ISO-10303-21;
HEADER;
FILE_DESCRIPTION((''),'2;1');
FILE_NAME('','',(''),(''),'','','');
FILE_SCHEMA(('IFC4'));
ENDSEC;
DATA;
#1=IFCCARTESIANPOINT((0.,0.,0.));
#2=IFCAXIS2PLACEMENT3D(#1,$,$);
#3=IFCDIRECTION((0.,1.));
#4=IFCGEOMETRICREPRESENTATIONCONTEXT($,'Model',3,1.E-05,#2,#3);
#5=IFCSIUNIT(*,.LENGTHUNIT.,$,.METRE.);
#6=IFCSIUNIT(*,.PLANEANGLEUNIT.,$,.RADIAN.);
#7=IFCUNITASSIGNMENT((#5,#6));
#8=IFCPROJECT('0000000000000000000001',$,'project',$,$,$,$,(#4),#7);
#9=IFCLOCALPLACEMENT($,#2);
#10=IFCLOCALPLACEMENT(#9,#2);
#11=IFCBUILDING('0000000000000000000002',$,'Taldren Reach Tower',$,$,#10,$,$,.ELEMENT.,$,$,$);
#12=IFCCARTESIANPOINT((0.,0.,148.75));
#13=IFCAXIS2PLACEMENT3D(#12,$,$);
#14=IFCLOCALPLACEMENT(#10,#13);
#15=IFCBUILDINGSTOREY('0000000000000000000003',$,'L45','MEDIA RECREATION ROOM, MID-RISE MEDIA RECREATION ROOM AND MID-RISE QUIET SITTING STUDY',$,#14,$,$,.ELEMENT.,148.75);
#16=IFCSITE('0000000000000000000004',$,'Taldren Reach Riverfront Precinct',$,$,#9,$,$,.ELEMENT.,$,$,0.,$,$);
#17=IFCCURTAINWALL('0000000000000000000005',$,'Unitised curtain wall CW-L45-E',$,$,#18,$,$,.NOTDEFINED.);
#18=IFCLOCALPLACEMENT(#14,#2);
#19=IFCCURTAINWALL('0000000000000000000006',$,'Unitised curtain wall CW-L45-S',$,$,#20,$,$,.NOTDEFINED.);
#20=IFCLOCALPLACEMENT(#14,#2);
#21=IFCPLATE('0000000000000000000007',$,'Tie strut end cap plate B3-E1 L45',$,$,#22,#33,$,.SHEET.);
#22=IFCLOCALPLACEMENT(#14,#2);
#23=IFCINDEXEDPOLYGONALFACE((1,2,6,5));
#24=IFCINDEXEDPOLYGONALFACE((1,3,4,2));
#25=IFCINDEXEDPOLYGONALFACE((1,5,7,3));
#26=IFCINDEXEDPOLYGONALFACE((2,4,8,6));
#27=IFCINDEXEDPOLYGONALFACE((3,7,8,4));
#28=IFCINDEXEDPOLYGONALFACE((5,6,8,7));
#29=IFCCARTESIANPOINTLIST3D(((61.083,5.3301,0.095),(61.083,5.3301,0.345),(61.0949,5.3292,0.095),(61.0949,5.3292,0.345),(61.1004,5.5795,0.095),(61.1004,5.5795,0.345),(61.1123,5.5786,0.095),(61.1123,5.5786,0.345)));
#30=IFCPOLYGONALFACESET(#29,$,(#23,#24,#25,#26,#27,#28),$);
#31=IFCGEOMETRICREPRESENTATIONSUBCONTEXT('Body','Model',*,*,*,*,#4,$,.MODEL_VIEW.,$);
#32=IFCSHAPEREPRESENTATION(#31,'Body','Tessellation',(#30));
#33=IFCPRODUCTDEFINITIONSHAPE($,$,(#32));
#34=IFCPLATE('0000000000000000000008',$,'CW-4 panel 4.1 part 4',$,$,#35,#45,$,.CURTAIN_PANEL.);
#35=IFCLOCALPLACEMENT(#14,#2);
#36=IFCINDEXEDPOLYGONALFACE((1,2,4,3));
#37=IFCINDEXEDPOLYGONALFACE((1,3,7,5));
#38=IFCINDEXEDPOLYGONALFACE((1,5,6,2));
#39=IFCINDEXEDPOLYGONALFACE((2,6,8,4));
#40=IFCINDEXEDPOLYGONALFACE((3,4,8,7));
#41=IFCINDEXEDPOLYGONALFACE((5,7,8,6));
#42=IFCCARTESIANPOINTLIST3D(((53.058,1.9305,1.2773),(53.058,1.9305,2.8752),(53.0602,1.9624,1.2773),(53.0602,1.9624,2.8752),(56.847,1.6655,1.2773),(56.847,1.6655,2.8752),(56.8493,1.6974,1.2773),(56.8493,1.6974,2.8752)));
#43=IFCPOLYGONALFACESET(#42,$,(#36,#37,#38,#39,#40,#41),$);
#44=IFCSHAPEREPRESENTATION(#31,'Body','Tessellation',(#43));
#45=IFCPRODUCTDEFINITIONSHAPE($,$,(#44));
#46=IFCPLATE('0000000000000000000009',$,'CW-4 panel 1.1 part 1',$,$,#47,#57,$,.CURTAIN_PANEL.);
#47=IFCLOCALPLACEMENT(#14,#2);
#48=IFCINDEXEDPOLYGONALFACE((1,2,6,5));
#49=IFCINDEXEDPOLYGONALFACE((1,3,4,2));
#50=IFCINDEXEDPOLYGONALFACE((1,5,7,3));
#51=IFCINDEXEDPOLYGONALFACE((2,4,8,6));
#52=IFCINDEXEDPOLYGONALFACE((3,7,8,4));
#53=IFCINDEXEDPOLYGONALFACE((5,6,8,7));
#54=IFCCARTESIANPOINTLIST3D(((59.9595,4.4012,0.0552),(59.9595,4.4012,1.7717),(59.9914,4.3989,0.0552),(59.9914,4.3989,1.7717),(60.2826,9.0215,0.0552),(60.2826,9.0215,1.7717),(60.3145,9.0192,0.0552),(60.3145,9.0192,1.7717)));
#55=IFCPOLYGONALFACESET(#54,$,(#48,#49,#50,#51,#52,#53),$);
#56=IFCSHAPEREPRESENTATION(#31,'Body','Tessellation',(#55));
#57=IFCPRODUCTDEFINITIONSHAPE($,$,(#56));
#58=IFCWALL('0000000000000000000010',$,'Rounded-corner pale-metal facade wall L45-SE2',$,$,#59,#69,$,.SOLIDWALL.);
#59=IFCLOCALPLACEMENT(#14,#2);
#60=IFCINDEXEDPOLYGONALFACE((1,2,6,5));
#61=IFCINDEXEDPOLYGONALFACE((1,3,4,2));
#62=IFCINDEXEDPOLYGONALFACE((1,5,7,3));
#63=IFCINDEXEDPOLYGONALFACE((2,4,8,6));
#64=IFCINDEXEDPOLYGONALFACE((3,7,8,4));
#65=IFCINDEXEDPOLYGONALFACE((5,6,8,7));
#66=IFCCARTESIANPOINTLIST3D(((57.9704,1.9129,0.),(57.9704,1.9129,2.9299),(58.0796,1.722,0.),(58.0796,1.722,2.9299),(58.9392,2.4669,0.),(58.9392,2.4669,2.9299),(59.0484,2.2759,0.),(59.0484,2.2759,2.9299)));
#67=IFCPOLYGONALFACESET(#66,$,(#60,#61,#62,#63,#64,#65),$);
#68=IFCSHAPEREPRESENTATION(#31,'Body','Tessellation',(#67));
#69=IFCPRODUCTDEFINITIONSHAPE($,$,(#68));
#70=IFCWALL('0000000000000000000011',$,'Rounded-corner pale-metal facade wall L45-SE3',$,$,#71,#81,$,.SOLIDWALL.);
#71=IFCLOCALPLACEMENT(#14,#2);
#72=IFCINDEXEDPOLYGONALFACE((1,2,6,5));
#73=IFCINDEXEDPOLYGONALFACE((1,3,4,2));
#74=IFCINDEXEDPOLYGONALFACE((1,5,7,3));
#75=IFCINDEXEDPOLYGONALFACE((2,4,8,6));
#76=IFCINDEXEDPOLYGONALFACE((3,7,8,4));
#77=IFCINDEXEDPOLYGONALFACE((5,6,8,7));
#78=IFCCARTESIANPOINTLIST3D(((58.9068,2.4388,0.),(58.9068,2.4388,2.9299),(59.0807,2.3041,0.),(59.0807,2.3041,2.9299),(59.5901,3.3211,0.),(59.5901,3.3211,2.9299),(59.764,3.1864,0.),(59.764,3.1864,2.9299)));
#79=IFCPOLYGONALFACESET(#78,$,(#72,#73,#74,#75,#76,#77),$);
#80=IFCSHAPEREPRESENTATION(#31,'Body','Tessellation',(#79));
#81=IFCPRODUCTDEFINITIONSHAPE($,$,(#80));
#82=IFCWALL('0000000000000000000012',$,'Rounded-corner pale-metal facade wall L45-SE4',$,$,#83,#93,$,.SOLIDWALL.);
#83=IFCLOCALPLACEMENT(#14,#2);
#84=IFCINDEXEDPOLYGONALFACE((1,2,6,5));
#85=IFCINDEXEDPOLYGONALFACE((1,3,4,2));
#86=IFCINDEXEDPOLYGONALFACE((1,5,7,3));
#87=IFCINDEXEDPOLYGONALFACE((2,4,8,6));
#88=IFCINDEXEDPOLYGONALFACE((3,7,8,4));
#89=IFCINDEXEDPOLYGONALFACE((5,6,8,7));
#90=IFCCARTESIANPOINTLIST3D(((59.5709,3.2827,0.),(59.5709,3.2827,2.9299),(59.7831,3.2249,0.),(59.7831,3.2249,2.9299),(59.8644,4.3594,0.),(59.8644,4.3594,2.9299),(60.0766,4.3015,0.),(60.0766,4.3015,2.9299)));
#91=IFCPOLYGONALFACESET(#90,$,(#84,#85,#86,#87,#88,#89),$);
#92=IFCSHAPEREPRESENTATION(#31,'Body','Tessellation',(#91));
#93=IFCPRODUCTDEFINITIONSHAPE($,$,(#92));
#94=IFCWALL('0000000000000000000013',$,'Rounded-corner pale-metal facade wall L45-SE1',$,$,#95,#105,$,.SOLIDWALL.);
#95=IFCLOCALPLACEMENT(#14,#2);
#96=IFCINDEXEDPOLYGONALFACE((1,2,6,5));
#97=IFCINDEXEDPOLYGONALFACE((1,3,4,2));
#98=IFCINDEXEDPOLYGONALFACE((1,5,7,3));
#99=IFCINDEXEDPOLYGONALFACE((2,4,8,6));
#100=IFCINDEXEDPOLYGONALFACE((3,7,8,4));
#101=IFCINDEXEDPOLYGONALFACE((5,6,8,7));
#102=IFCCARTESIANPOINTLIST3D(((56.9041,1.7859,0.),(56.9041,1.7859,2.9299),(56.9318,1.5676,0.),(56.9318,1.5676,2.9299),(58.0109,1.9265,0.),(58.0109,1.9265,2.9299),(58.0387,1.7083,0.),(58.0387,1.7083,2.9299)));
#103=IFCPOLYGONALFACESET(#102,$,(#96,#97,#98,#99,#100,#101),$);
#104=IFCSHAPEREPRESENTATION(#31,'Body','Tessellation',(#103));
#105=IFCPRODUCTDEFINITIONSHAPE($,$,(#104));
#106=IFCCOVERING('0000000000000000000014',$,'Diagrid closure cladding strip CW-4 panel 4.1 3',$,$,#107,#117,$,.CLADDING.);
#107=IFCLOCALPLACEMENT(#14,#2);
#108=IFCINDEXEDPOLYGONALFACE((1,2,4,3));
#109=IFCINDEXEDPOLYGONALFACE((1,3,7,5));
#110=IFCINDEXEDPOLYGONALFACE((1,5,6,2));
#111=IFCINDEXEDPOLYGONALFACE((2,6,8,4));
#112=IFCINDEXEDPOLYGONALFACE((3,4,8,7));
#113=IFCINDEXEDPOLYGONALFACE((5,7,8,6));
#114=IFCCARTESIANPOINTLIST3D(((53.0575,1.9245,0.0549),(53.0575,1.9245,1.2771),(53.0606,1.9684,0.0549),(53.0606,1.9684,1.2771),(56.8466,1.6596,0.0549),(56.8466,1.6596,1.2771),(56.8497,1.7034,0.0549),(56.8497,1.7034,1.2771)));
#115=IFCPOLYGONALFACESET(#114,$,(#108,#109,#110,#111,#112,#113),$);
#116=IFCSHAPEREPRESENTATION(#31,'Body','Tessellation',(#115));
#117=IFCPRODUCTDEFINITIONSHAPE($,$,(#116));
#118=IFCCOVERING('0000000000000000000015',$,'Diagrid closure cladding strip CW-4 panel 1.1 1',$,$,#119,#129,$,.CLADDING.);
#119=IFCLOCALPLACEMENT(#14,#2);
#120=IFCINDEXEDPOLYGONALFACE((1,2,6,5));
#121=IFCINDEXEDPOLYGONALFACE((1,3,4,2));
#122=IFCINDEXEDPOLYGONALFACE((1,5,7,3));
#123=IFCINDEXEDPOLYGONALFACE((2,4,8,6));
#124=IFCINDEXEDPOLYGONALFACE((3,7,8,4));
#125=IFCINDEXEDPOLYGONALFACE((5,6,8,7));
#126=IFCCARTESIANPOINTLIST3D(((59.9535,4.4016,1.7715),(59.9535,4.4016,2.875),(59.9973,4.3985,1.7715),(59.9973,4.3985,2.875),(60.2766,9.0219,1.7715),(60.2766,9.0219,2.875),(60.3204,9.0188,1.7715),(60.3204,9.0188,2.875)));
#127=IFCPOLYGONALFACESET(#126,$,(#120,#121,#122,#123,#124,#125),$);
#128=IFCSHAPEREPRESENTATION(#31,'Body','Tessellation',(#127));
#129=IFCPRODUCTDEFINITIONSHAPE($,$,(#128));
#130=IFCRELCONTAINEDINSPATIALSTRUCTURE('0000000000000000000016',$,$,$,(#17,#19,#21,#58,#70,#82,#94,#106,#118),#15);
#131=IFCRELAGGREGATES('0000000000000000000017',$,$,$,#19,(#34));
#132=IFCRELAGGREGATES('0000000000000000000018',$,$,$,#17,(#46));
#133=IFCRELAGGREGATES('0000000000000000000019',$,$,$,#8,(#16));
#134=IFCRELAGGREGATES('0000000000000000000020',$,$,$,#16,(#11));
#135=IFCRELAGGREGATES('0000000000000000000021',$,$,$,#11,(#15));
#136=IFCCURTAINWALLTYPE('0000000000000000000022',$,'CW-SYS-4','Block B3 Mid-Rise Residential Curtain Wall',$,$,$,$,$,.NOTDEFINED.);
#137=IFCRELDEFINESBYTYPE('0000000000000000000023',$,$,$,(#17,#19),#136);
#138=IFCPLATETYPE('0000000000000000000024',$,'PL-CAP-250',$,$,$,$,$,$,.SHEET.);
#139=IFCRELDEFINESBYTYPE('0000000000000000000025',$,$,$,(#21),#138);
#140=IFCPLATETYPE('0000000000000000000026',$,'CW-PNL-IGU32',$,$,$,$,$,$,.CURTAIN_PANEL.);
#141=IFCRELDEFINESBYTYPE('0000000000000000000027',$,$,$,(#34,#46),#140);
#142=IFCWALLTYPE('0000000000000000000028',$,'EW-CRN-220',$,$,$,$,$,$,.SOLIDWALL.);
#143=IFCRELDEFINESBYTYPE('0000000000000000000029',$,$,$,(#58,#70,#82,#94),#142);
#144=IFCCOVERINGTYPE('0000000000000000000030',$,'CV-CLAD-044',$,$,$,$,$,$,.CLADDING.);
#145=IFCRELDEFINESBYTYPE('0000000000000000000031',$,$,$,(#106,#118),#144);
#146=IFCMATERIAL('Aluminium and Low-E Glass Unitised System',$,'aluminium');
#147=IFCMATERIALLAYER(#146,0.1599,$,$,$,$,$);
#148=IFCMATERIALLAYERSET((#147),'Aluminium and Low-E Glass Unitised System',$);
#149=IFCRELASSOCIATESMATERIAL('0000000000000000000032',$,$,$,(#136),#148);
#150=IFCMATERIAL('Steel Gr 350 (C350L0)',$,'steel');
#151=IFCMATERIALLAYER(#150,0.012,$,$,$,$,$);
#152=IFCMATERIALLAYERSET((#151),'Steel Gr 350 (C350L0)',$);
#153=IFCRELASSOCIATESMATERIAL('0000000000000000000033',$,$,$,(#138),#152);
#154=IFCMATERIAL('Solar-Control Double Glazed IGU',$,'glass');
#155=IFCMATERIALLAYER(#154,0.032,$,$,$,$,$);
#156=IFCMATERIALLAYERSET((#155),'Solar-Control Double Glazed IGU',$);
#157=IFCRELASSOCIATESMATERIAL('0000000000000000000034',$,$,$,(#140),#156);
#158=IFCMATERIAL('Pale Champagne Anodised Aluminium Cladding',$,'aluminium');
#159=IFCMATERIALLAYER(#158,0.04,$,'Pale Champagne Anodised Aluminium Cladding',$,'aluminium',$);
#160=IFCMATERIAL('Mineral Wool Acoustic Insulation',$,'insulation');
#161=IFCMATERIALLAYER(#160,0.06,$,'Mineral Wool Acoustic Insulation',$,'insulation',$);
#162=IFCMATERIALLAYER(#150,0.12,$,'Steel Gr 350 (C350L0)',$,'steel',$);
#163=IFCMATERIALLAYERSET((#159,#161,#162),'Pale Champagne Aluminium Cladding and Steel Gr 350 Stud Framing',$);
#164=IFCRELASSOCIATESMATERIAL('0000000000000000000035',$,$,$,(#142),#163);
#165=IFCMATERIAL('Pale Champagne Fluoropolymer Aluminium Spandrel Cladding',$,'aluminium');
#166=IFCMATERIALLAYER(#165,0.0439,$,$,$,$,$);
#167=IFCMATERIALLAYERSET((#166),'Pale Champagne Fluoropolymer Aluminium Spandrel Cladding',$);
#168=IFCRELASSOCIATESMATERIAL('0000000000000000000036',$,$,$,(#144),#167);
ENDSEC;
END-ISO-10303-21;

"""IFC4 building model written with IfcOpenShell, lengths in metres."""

from ifc_helpers import new_model, si_unit, direction, frame, frame_2d, origin, origin_2d, place, context, subcontext, project, spatial, rectangle, extrude, source, transform, mapped, material, layer, layer_set, type_object, element, aggregate, save


model = new_model("IFC4")

# Units and contexts
model_context = context("Model", 3, precision=1e-05, world=origin(), true_north=direction((0.0, 1.0)))
body_context = subcontext(model_context, "Body", "Model", "MODEL_VIEW")
ifc_project = project(units=[si_unit("LENGTHUNIT", "METRE"), si_unit("PLANEANGLEUNIT", "RADIAN")], contexts=[model_context])

# Site, building, storey
site_placement = place(None, origin())
site = spatial("IfcSite", under=ifc_project, at=site_placement, Name="Taldren Reach Riverfront Precinct", CompositionType="ELEMENT", RefElevation=0.0)
building_placement = place(site_placement, origin())
building = spatial("IfcBuilding", under=site, at=building_placement, Name="Taldren Reach Tower", CompositionType="ELEMENT")
storey_placement = place(building_placement, frame((0.0, 0.0, 148.75)))
storey = spatial("IfcBuildingStorey", under=building, at=storey_placement, Name="L45", Description="MEDIA RECREATION ROOM, MID-RISE MEDIA RECREATION ROOM AND MID-RISE QUIET SITTING STUDY", CompositionType="ELEMENT", Elevation=148.75)

# Shared definitions
ifc_material_1 = material(Name="Steel Gr 350 (C350L0)", Category="steel")

# Curtain wall
ifc_material_2 = material(Name="Aluminium and Low-E Glass Unitised System", Category="aluminium")
ifc_layer_1 = layer(ifc_material_2, 0.1599)
ifc_layer_set_1 = layer_set([ifc_layer_1], Name="Aluminium and Low-E Glass Unitised System")
curtain_wall_type = type_object("IfcCurtainWallType", Name="CW-SYS-4", Description="Block B3 Mid-Rise Residential Curtain Wall", PredefinedType="NOTDEFINED", material=ifc_layer_set_1)
curtain_wall_1_placement = place(storey_placement, origin())
curtain_wall_1 = element("IfcCurtainWall", 1, at=curtain_wall_1_placement, inside=storey, type_object=curtain_wall_type, Name="Unitised curtain wall CW-L45-E", PredefinedType="NOTDEFINED")

# Curtain wall
curtain_wall_2_placement = place(storey_placement, origin())
curtain_wall_2 = element("IfcCurtainWall", 2, at=curtain_wall_2_placement, inside=storey, type_object=curtain_wall_type, Name="Unitised curtain wall CW-L45-S", PredefinedType="NOTDEFINED")

# Plate
ifc_layer_2 = layer(ifc_material_1, 0.012)
ifc_layer_set_2 = layer_set([ifc_layer_2], Name="Steel Gr 350 (C350L0)")
plate_type_1 = type_object("IfcPlateType", Name="PL-CAP-250", PredefinedType="SHEET", material=ifc_layer_set_2)
shared_shape_1 = source(origin(), body_context, "Body", "SweptSolid", [
    extrude(rectangle(XDim=0.012, YDim=0.25, at=origin_2d()), origin(), (0.0, 0.0, 1.0), 0.25),
])
plate_1_placement = place(storey_placement, frame((61.0977, 5.4543, 0.095), z_axis=(0.0, 0.0, 1.0), x_axis=(0.997564, -0.069756, 0.0)))
element("IfcPlate", 3, at=plate_1_placement, inside=storey, type_object=plate_type_1, Name="Tie strut end cap plate B3-E1 L45", PredefinedType="SHEET", context=body_context, shape_type="MappedRepresentation", body=[
    mapped(shared_shape_1, transform((0.0, 0.0, 0.0), scale=1.0)),
])

# Plates
ifc_material_3 = material(Name="Solar-Control Double Glazed IGU", Category="glass")
ifc_layer_3 = layer(ifc_material_3, 0.032)
ifc_layer_set_3 = layer_set([ifc_layer_3], Name="Solar-Control Double Glazed IGU")
plate_type_2 = type_object("IfcPlateType", Name="CW-PNL-IGU32", PredefinedType="CURTAIN_PANEL", material=ifc_layer_set_3)
shared_shape_2 = source(origin(), body_context, "Body", "SweptSolid", [
    extrude(rectangle(XDim=3.7983, YDim=0.032, at=origin_2d()), origin(), (0.0, 0.0, 1.0), 1.5979),
])
plate_2_placement = place(storey_placement, frame((54.9536, 1.814, 1.2773), z_axis=(0.0, 0.0, 1.0), x_axis=(0.997564, -0.069757, 0.0)))
plate_2 = element("IfcPlate", 4, at=plate_2_placement, type_object=plate_type_2, Name="CW-4 panel 4.1 part 4", PredefinedType="CURTAIN_PANEL", context=body_context, shape_type="MappedRepresentation", body=[
    mapped(shared_shape_2, transform((0.0, 0.0, 0.0), scale=1.0)),
])
aggregate(curtain_wall_2, [plate_2])
shared_shape_3 = source(origin(), body_context, "Body", "SweptSolid", [
    extrude(rectangle(XDim=4.6316, YDim=0.032, at=origin_2d()), origin(), (0.0, 0.0, 1.0), 1.7166),
])
plate_3_placement = place(storey_placement, frame((60.137, 6.7102, 0.0552), z_axis=(0.0, 0.0, 1.0), x_axis=(0.069756, 0.997564, 0.0)))
plate_3 = element("IfcPlate", 5, at=plate_3_placement, type_object=plate_type_2, Name="CW-4 panel 1.1 part 1", PredefinedType="CURTAIN_PANEL", context=body_context, shape_type="MappedRepresentation", body=[
    mapped(shared_shape_3, transform((0.0, 0.0, 0.0), scale=1.0)),
])
aggregate(curtain_wall_1, [plate_3])

# Walls
ifc_material_4 = material(Name="Pale Champagne Anodised Aluminium Cladding", Category="aluminium")
ifc_layer_4 = layer(ifc_material_4, 0.04, Name="Pale Champagne Anodised Aluminium Cladding", Category="aluminium")
ifc_material_5 = material(Name="Mineral Wool Acoustic Insulation", Category="insulation")
ifc_layer_5 = layer(ifc_material_5, 0.06, Name="Mineral Wool Acoustic Insulation", Category="insulation")
ifc_layer_6 = layer(ifc_material_1, 0.12, Name="Steel Gr 350 (C350L0)", Category="steel")
ifc_layer_set_4 = layer_set([ifc_layer_4, ifc_layer_5, ifc_layer_6], Name="Pale Champagne Aluminium Cladding and Steel Gr 350 Stud Framing")
wall_type = type_object("IfcWallType", Name="EW-CRN-220", PredefinedType="SOLIDWALL", material=ifc_layer_set_4)
shared_shape_4 = source(origin(), body_context, "Body", "SweptSolid", [
    extrude(rectangle(XDim=1.116, YDim=0.22, at=frame_2d((0.5581, 0.0))), origin(), (0.0, 0.0, 1.0), 2.9299),
])
for number, where, z_axis, x_axis, name in (
    (6, (58.0249, 1.8174, 0.0), (0.0, 0.0, 1.0), (0.868095, 0.496398, 0.0), "Rounded-corner pale-metal facade wall L45-SE2"),
    (7, (58.9937, 2.3713, 0.0), (0.0, 0.0, 1.0), (0.612319, 0.790611, 0.0), "Rounded-corner pale-metal facade wall L45-SE3"),
    (8, (59.677, 3.2537, 0.0), (0.0, 0.0, 1.0), (0.262969, 0.964804, 0.0), "Rounded-corner pale-metal facade wall L45-SE4"),
):
    element("IfcWall", number, at=place(storey_placement, frame(where, z_axis=z_axis, x_axis=x_axis)), inside=storey, type_object=wall_type, Name=name, PredefinedType="SOLIDWALL", context=body_context, shape_type="MappedRepresentation", body=[
        mapped(shared_shape_4, transform((0.0, 0.0, 0.0), scale=1.0)),
    ])
shared_shape_5 = source(origin(), body_context, "Body", "SweptSolid", [
    extrude(rectangle(XDim=1.1157, YDim=0.22, at=frame_2d((0.5579, 0.0))), origin(), (0.0, 0.0, 1.0), 2.9299),
])
wall_placement = place(storey_placement, frame((56.918, 1.6768, 0.0), z_axis=(0.0, 0.0, 1.0), x_axis=(0.992027, 0.126027, 0.0)))
element("IfcWall", 9, at=wall_placement, inside=storey, type_object=wall_type, Name="Rounded-corner pale-metal facade wall L45-SE1", PredefinedType="SOLIDWALL", context=body_context, shape_type="MappedRepresentation", body=[
    mapped(shared_shape_5, transform((0.0, 0.0, 0.0), scale=1.0)),
])

# Coverings
ifc_material_6 = material(Name="Pale Champagne Fluoropolymer Aluminium Spandrel Cladding", Category="aluminium")
ifc_layer_7 = layer(ifc_material_6, 0.0439)
ifc_layer_set_5 = layer_set([ifc_layer_7], Name="Pale Champagne Fluoropolymer Aluminium Spandrel Cladding")
covering_type = type_object("IfcCoveringType", Name="CV-CLAD-044", PredefinedType="CLADDING", material=ifc_layer_set_5)
shared_shape_6 = source(origin(), body_context, "Body", "SweptSolid", [
    extrude(rectangle(XDim=3.7983, YDim=0.0439, at=origin_2d()), origin(), (0.0, 0.0, 1.0), 1.2222),
])
covering_1_placement = place(storey_placement, frame((54.9536, 1.814, 0.0549), z_axis=(0.0, 0.0, 1.0), x_axis=(0.997564, -0.069757, 0.0)))
element("IfcCovering", 10, at=covering_1_placement, inside=storey, type_object=covering_type, Name="Diagrid closure cladding strip CW-4 panel 4.1 3", PredefinedType="CLADDING", context=body_context, shape_type="MappedRepresentation", body=[
    mapped(shared_shape_6, transform((0.0, 0.0, 0.0), scale=1.0)),
])
shared_shape_7 = source(origin(), body_context, "Body", "SweptSolid", [
    extrude(rectangle(XDim=4.6316, YDim=0.0439, at=origin_2d()), origin(), (0.0, 0.0, 1.0), 1.1035),
])
covering_2_placement = place(storey_placement, frame((60.137, 6.7102, 1.7715), z_axis=(0.0, 0.0, 1.0), x_axis=(0.069756, 0.997564, 0.0)))
element("IfcCovering", 11, at=covering_2_placement, inside=storey, type_object=covering_type, Name="Diagrid closure cladding strip CW-4 panel 1.1 1", PredefinedType="CLADDING", context=body_context, shape_type="MappedRepresentation", body=[
    mapped(shared_shape_7, transform((0.0, 0.0, 0.0), scale=1.0)),
])

save(model, "model.ifc")
